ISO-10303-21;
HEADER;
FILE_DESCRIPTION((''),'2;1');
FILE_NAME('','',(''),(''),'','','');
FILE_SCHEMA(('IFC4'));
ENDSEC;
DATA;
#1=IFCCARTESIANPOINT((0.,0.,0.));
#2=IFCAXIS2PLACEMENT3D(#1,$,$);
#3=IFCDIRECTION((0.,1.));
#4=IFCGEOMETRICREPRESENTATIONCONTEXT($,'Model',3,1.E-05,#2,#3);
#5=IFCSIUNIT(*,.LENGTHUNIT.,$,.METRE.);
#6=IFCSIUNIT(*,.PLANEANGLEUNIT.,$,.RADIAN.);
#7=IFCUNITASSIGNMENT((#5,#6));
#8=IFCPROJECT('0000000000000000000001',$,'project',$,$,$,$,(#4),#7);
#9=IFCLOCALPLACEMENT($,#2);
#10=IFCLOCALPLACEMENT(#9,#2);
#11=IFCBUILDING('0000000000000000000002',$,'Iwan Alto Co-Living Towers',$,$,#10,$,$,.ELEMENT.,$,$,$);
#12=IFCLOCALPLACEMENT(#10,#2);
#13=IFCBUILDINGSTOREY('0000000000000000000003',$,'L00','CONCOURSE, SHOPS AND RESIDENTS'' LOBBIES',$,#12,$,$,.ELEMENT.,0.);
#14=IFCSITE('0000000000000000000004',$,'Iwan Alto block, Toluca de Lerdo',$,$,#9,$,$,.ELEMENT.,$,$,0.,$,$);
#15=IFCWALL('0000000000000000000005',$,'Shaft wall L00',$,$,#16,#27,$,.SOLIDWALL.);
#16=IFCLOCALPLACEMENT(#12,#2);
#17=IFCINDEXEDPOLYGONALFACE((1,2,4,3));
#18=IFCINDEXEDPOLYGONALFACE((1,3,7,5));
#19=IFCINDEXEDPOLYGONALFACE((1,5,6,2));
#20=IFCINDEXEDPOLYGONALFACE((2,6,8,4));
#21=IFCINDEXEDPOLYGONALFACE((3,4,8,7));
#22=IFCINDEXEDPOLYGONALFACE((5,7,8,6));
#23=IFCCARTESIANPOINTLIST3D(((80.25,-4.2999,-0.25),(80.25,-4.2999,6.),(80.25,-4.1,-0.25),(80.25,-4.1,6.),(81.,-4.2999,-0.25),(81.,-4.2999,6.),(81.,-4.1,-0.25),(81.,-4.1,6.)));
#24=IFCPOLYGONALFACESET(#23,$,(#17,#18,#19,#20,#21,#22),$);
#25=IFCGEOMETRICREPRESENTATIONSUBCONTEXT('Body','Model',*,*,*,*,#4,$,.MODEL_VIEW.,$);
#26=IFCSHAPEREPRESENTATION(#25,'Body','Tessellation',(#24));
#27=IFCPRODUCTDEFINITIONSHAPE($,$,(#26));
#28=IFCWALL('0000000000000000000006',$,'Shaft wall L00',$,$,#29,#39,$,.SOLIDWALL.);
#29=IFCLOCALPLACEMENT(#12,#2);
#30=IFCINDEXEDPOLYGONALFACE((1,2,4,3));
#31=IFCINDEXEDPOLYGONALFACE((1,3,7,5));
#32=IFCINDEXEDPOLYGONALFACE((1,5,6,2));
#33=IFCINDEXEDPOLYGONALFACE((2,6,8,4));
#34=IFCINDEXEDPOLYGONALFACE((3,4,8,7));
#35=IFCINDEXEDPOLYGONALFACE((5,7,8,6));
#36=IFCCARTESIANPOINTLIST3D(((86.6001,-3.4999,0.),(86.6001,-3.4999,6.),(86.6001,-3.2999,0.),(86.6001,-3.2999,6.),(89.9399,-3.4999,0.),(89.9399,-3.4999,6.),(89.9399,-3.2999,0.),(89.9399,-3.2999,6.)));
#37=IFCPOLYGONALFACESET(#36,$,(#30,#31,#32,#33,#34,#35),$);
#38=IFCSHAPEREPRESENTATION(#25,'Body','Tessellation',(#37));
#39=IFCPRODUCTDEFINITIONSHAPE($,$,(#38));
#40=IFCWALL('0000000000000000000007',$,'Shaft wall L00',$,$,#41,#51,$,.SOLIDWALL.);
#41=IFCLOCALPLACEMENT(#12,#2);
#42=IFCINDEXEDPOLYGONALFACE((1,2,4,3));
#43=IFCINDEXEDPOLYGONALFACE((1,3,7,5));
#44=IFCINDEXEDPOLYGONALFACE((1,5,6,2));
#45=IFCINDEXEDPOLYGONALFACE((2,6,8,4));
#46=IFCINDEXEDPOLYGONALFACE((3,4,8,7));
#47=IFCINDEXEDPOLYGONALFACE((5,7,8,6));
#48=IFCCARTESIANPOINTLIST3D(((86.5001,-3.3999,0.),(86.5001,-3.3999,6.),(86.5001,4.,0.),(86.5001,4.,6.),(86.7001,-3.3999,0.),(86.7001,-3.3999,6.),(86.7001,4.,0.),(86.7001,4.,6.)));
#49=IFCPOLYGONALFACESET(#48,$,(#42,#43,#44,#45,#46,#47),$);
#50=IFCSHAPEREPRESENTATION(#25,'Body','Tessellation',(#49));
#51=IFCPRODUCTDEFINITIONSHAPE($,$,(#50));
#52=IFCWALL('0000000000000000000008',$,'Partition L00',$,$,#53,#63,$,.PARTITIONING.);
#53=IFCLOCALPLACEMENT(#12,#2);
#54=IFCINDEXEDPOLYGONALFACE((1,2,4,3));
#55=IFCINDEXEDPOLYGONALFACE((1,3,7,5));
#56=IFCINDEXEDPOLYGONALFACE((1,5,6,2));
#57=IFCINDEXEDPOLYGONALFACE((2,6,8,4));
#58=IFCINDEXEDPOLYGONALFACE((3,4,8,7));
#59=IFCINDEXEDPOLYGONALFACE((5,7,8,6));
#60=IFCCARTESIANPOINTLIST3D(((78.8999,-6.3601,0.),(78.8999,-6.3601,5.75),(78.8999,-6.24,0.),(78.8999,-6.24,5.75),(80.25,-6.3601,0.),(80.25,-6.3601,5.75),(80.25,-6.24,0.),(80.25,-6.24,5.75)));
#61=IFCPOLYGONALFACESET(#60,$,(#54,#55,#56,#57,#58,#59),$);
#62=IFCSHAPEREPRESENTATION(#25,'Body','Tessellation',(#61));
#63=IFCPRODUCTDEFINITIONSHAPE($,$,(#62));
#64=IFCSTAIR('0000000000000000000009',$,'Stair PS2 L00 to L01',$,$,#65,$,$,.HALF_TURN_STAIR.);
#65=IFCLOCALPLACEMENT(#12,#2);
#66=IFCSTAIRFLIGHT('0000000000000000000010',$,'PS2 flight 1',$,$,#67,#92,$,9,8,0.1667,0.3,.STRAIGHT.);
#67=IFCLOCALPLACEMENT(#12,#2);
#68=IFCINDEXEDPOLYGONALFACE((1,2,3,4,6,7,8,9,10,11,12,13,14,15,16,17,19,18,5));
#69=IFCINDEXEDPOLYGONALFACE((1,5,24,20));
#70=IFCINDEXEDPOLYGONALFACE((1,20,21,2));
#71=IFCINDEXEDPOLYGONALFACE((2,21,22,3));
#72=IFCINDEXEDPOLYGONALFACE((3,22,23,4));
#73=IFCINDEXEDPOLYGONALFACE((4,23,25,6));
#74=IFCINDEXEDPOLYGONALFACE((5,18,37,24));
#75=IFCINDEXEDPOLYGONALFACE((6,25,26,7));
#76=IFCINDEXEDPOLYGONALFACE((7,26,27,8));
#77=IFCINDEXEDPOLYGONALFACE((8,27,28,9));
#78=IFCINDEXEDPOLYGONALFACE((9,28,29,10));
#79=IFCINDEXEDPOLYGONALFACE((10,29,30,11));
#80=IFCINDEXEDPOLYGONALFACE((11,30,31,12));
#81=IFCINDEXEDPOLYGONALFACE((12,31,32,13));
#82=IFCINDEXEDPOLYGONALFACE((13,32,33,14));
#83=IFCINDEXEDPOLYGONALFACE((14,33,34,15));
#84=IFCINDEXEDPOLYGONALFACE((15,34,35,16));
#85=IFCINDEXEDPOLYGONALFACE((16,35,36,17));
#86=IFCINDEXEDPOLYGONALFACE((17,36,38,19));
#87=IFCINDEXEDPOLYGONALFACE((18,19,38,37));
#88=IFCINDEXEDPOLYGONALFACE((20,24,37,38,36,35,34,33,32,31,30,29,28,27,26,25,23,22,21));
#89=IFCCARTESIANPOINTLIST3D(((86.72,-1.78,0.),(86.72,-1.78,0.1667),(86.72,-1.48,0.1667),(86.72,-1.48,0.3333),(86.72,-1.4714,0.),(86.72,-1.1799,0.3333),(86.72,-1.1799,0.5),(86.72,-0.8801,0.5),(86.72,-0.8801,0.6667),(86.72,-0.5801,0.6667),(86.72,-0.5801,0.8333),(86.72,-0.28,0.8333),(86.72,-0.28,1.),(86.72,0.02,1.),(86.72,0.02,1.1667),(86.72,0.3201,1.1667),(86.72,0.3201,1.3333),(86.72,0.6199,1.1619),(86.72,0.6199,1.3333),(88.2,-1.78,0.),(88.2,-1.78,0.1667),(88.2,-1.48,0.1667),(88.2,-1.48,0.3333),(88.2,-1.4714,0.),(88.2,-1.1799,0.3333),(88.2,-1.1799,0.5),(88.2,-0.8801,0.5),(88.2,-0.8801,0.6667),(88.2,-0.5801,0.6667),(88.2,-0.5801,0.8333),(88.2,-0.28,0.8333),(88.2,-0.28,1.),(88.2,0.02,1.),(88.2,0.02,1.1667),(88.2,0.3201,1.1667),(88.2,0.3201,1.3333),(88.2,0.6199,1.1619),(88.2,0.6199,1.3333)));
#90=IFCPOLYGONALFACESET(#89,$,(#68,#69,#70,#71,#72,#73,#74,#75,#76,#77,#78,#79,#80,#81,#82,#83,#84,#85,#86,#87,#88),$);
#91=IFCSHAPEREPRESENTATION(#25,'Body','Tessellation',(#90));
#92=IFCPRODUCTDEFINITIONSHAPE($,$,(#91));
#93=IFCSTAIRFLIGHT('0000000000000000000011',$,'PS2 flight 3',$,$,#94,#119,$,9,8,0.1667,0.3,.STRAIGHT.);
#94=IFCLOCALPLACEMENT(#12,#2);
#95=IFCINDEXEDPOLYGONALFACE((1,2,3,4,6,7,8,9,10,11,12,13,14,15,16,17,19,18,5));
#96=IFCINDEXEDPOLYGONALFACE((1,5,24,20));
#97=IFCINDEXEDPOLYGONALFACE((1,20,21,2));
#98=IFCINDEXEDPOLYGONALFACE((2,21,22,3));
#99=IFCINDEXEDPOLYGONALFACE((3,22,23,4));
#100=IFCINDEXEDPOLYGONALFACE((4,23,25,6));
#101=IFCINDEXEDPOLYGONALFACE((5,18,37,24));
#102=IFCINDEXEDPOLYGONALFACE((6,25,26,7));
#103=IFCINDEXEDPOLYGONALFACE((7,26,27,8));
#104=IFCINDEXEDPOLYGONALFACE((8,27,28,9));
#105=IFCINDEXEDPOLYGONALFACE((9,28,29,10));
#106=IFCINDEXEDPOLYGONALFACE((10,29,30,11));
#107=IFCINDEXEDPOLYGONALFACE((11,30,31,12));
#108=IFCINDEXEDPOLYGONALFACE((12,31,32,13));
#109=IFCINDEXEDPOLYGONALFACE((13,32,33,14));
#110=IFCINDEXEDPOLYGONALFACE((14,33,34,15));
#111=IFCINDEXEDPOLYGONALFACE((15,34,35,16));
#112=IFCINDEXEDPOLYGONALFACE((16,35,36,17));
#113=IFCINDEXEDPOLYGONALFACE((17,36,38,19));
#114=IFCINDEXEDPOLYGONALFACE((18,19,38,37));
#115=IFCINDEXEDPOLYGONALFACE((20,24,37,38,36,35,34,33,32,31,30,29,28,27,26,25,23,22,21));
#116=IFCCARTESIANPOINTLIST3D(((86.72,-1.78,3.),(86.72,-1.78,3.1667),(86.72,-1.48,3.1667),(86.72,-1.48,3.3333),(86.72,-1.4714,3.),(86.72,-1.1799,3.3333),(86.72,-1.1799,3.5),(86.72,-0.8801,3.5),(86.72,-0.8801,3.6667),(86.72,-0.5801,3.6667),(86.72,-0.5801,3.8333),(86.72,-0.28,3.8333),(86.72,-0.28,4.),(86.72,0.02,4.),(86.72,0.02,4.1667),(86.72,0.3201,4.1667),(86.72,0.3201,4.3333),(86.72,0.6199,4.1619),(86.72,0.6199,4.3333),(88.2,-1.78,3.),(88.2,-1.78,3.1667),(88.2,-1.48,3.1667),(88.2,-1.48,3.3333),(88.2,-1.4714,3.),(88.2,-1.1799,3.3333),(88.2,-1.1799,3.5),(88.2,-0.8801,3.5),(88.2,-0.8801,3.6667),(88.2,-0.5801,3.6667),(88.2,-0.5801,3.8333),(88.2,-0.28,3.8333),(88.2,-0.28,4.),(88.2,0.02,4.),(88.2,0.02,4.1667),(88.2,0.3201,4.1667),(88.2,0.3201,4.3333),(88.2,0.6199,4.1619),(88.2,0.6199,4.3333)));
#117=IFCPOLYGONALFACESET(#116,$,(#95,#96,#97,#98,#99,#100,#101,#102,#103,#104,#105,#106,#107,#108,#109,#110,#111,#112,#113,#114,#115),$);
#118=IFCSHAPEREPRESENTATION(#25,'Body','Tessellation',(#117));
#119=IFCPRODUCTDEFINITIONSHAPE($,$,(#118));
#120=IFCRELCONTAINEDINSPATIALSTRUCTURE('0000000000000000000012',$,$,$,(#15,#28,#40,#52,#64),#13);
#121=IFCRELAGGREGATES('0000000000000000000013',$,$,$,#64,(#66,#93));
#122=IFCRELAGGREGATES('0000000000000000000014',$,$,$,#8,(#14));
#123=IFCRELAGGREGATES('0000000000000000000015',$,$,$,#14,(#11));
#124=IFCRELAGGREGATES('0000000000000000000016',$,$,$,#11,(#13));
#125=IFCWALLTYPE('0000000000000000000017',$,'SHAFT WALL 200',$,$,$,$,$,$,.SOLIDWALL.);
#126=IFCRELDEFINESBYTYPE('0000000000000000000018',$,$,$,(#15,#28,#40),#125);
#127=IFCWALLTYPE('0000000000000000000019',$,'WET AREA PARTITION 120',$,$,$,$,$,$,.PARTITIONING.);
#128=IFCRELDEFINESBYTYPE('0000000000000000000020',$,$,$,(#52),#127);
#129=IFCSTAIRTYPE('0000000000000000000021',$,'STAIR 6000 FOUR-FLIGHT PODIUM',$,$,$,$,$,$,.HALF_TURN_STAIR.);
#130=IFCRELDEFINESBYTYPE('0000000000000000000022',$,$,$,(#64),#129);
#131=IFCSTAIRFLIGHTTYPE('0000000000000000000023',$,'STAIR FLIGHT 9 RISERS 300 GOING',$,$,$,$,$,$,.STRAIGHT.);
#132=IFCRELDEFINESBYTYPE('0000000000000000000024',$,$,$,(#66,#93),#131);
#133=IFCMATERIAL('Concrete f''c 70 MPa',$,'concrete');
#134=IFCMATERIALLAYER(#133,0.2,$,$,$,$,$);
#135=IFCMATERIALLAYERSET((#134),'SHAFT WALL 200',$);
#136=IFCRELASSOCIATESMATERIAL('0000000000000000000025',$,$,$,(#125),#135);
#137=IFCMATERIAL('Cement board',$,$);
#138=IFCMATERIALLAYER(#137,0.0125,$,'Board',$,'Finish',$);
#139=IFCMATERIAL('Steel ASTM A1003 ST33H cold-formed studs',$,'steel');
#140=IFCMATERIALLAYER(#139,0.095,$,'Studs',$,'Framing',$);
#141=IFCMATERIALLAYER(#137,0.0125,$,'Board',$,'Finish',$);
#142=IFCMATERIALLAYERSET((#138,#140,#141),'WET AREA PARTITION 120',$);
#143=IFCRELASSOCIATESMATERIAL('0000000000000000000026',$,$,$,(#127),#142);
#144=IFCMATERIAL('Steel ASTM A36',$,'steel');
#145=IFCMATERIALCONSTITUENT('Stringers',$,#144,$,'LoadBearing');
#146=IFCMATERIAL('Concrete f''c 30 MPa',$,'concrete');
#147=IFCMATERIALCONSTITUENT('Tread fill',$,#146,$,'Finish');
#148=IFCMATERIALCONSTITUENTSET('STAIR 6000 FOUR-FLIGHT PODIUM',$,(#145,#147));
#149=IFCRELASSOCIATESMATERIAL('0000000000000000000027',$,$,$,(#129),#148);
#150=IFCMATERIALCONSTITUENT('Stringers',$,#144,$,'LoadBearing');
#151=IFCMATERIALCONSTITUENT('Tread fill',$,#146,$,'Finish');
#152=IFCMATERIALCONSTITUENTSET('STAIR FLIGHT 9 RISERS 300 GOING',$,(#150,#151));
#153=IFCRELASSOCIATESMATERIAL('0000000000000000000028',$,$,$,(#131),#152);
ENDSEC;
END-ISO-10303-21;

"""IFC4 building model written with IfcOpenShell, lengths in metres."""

from ifc_helpers import new_model, si_unit, direction, frame, frame_2d, origin, place, context, subcontext, project, spatial, polyline, rectangle, outline, extrude, material, layer, layer_set, constituent, constituent_set, type_object, element, aggregate, save


model = new_model("IFC4")

# Units and contexts
model_context = context("Model", 3, precision=1e-05, world=origin(), true_north=direction((0.0, 1.0)))
body_context = subcontext(model_context, "Body", "Model", "MODEL_VIEW")
ifc_project = project(units=[si_unit("LENGTHUNIT", "METRE"), si_unit("PLANEANGLEUNIT", "RADIAN")], contexts=[model_context])

# Site, building, storey
site_placement = place(None, origin())
site = spatial("IfcSite", under=ifc_project, at=site_placement, Name="Iwan Alto block, Toluca de Lerdo", CompositionType="ELEMENT", RefElevation=0.0)
building_placement = place(site_placement, origin())
building = spatial("IfcBuilding", under=site, at=building_placement, Name="Iwan Alto Co-Living Towers", CompositionType="ELEMENT")
storey_placement = place(building_placement, origin())
storey = spatial("IfcBuildingStorey", under=building, at=storey_placement, Name="L00", Description="CONCOURSE, SHOPS AND RESIDENTS' LOBBIES", CompositionType="ELEMENT", Elevation=0.0)

# Walls
ifc_material_1 = material(Name="Concrete f'c 70 MPa", Category="concrete")
ifc_layer_1 = layer(ifc_material_1, 0.2)
ifc_layer_set_1 = layer_set([ifc_layer_1], Name="SHAFT WALL 200")
wall_type_1 = type_object("IfcWallType", Name="SHAFT WALL 200", PredefinedType="SOLIDWALL", material=ifc_layer_set_1)
wall_1_placement = place(storey_placement, frame((80.25, -4.2, -0.25), z_axis=(0.0, 0.0, 1.0), x_axis=(1.0, 0.0, 0.0)))
element("IfcWall", 1, at=wall_1_placement, inside=storey, type_object=wall_type_1, Name="Shaft wall L00", PredefinedType="SOLIDWALL", context=body_context, shape_type="SweptSolid", body=[
    extrude(rectangle(XDim=0.75, YDim=0.2, at=frame_2d((0.375, 0.0))), origin(), (0.0, 0.0, 1.0), 6.25),
])
wall_2_placement = place(storey_placement, frame((86.6001, -3.3999, 0.0), z_axis=(0.0, 0.0, 1.0), x_axis=(1.0, 0.0, 0.0)))
element("IfcWall", 2, at=wall_2_placement, inside=storey, type_object=wall_type_1, Name="Shaft wall L00", PredefinedType="SOLIDWALL", context=body_context, shape_type="SweptSolid", body=[
    extrude(rectangle(XDim=3.3398, YDim=0.2, at=frame_2d((1.6699, 0.0))), origin(), (0.0, 0.0, 1.0), 6.0),
])
wall_3_placement = place(storey_placement, frame((86.6001, -3.3999, 0.0), z_axis=(0.0, 0.0, 1.0), x_axis=(0.0, 1.0, 0.0)))
element("IfcWall", 3, at=wall_3_placement, inside=storey, type_object=wall_type_1, Name="Shaft wall L00", PredefinedType="SOLIDWALL", context=body_context, shape_type="SweptSolid", body=[
    extrude(rectangle(XDim=7.3999, YDim=0.2, at=frame_2d((3.7, 0.0))), origin(), (0.0, 0.0, 1.0), 6.0),
])
ifc_material_2 = material(Name="Cement board")
ifc_layer_2 = layer(ifc_material_2, 0.0125, Name="Board", Category="Finish")
ifc_material_3 = material(Name="Steel ASTM A1003 ST33H cold-formed studs", Category="steel")
ifc_layer_3 = layer(ifc_material_3, 0.095, Name="Studs", Category="Framing")
ifc_layer_4 = layer(ifc_material_2, 0.0125, Name="Board", Category="Finish")
ifc_layer_set_2 = layer_set([ifc_layer_2, ifc_layer_3, ifc_layer_4], Name="WET AREA PARTITION 120")
wall_type_2 = type_object("IfcWallType", Name="WET AREA PARTITION 120", PredefinedType="PARTITIONING", material=ifc_layer_set_2)
wall_4_placement = place(storey_placement, frame((78.8999, -6.3, 0.0), z_axis=(0.0, 0.0, 1.0), x_axis=(1.0, 0.0, 0.0)))
element("IfcWall", 4, at=wall_4_placement, inside=storey, type_object=wall_type_2, Name="Partition L00", PredefinedType="PARTITIONING", context=body_context, shape_type="SweptSolid", body=[
    extrude(rectangle(XDim=1.3501, YDim=0.1201, at=frame_2d((0.675, 0.0))), origin(), (0.0, 0.0, 1.0), 5.75),
])

# Stair, stair flights
ifc_material_4 = material(Name="Steel ASTM A36", Category="steel")
ifc_constituent_1 = constituent(ifc_material_4, Name="Stringers", Category="LoadBearing")
ifc_material_5 = material(Name="Concrete f'c 30 MPa", Category="concrete")
ifc_constituent_2 = constituent(ifc_material_5, Name="Tread fill", Category="Finish")
ifc_constituent_set_1 = constituent_set(constituents=[ifc_constituent_1, ifc_constituent_2], Name="STAIR 6000 FOUR-FLIGHT PODIUM")
stair_type = type_object("IfcStairType", Name="STAIR 6000 FOUR-FLIGHT PODIUM", PredefinedType="HALF_TURN_STAIR", material=ifc_constituent_set_1)
stair_placement = place(storey_placement, origin())
stair = element("IfcStair", 5, at=stair_placement, inside=storey, type_object=stair_type, Name="Stair PS2 L00 to L01", PredefinedType="HALF_TURN_STAIR")
ifc_constituent_3 = constituent(ifc_material_4, Name="Stringers", Category="LoadBearing")
ifc_constituent_4 = constituent(ifc_material_5, Name="Tread fill", Category="Finish")
ifc_constituent_set_2 = constituent_set(constituents=[ifc_constituent_3, ifc_constituent_4], Name="STAIR FLIGHT 9 RISERS 300 GOING")
stair_flight_type = type_object("IfcStairFlightType", Name="STAIR FLIGHT 9 RISERS 300 GOING", PredefinedType="STRAIGHT", material=ifc_constituent_set_2)
stair_flight_1_placement = place(storey_placement, frame((87.46, -1.78, 0.0), z_axis=(0.0, 0.0, 1.0), x_axis=(0.0, 1.0, 0.0)))
stair_flight_1 = element("IfcStairFlight", 6, at=stair_flight_1_placement, type_object=stair_flight_type, Name="PS2 flight 1", NumberOfRisers=9, NumberOfTreads=8, PredefinedType="STRAIGHT", RiserHeight=0.1667, TreadLength=0.3, context=body_context, shape_type="SweptSolid", body=[
    extrude(outline(polyline([(0.0, 0.0), (0.0, 0.1667), (0.3, 0.1667), (0.3, 0.3333), (0.6001, 0.3333), (0.6001, 0.5), (0.8999, 0.5), (0.8999, 0.6667), (1.2, 0.6667), (1.2, 0.8333), (1.5, 0.8333), (1.5, 1.0), (1.8, 1.0), (1.8, 1.1667), (2.1001, 1.1667), (2.1001, 1.3333), (2.3999, 1.3333), (2.3999, 1.5), (2.3999, 1.1619), (0.3086, 0.0), (0.0, 0.0)])), frame((0.0, 0.74, 0.0), z_axis=(0.0, -1.0, 0.0), x_axis=(1.0, 0.0, 0.0)), (0.0, 0.0, 1.0), 1.48),
])
stair_flight_2_placement = place(storey_placement, frame((87.46, -1.78, 3.0), z_axis=(0.0, 0.0, 1.0), x_axis=(0.0, 1.0, 0.0)))
stair_flight_2 = element("IfcStairFlight", 7, at=stair_flight_2_placement, type_object=stair_flight_type, Name="PS2 flight 3", NumberOfRisers=9, NumberOfTreads=8, PredefinedType="STRAIGHT", RiserHeight=0.1667, TreadLength=0.3, context=body_context, shape_type="SweptSolid", body=[
    extrude(outline(polyline([(0.0, 0.0), (0.0, 0.1667), (0.3, 0.1667), (0.3, 0.3333), (0.6001, 0.3333), (0.6001, 0.5), (0.8999, 0.5), (0.8999, 0.6667), (1.2, 0.6667), (1.2, 0.8333), (1.5, 0.8333), (1.5, 1.0), (1.8, 1.0), (1.8, 1.1667), (2.1001, 1.1667), (2.1001, 1.3333), (2.3999, 1.3333), (2.3999, 1.5), (2.3999, 1.1619), (0.3086, 0.0), (0.0, 0.0)])), frame((0.0, 0.74, 0.0), z_axis=(0.0, -1.0, 0.0), x_axis=(1.0, 0.0, 0.0)), (0.0, 0.0, 1.0), 1.48),
])
aggregate(stair, [stair_flight_1, stair_flight_2])

save(model, "model.ifc")
